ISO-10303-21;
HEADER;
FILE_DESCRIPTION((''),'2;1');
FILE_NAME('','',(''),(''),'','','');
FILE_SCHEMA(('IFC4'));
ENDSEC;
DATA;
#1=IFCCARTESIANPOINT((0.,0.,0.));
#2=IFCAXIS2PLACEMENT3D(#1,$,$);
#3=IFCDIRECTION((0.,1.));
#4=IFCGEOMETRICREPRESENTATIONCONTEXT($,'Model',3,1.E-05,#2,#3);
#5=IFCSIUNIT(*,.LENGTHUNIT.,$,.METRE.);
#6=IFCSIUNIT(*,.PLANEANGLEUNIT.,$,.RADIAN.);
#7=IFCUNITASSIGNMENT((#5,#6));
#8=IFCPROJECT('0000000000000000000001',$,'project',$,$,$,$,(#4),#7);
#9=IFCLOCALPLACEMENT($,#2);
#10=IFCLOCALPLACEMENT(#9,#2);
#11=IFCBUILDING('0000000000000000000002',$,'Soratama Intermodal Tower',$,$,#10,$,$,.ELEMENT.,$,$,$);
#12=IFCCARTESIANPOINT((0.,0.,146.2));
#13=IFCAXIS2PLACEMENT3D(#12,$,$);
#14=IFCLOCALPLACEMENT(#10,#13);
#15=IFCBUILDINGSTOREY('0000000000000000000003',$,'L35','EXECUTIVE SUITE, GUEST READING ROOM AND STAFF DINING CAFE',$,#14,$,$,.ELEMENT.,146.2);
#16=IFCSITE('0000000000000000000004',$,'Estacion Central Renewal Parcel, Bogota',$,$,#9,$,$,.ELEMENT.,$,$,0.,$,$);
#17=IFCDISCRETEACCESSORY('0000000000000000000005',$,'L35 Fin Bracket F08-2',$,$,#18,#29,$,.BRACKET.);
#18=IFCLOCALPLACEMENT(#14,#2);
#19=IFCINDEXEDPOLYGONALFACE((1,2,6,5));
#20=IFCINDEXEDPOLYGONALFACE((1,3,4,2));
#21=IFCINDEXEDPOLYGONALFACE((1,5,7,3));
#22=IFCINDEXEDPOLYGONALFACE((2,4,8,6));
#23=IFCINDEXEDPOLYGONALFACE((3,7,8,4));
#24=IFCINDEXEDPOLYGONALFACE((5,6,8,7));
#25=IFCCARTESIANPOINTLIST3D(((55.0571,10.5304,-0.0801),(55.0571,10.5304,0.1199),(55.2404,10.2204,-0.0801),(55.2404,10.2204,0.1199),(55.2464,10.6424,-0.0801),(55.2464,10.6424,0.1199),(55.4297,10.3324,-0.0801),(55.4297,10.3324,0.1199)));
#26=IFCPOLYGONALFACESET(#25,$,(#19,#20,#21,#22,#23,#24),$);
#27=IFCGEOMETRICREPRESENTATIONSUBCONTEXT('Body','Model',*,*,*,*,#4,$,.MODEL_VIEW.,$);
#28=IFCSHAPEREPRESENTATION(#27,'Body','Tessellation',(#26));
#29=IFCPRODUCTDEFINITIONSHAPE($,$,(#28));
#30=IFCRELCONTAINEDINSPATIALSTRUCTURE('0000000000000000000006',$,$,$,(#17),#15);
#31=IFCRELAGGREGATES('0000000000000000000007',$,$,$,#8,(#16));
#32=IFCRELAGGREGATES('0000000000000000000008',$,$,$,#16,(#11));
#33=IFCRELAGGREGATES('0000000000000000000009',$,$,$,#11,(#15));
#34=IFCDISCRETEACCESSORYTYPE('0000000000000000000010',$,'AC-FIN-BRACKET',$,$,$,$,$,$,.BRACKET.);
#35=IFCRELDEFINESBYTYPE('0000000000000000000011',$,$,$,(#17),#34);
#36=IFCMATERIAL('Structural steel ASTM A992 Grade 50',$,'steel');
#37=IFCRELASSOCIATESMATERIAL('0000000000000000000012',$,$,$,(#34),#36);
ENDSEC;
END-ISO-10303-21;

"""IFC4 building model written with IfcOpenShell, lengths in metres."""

from ifc_helpers import new_model, si_unit, direction, frame, origin, origin_2d, place, context, subcontext, project, spatial, rectangle, extrude, material, type_object, element, save


model = new_model("IFC4")

# Units and contexts
model_context = context("Model", 3, precision=1e-05, world=origin(), true_north=direction((0.0, 1.0)))
body_context = subcontext(model_context, "Body", "Model", "MODEL_VIEW")
ifc_project = project(units=[si_unit("LENGTHUNIT", "METRE"), si_unit("PLANEANGLEUNIT", "RADIAN")], contexts=[model_context])

# Site, building, storey
site_placement = place(None, origin())
site = spatial("IfcSite", under=ifc_project, at=site_placement, Name="Estacion Central Renewal Parcel, Bogota", CompositionType="ELEMENT", RefElevation=0.0)
building_placement = place(site_placement, origin())
building = spatial("IfcBuilding", under=site, at=building_placement, Name="Soratama Intermodal Tower", CompositionType="ELEMENT")
storey_placement = place(building_placement, frame((0.0, 0.0, 146.2)))
storey = spatial("IfcBuildingStorey", under=building, at=storey_placement, Name="L35", Description="EXECUTIVE SUITE, GUEST READING ROOM AND STAFF DINING CAFE", CompositionType="ELEMENT", Elevation=146.2)

# Discrete accessory
ifc_material_1 = material(Name="Structural steel ASTM A992 Grade 50", Category="steel")
discrete_accessory_type = type_object("IfcDiscreteAccessoryType", Name="AC-FIN-BRACKET", PredefinedType="BRACKET", material=ifc_material_1)
for number, where, z_axis, x_axis, name in (
    (1, (55.2434, 10.4314, -0.0801), (0.0, 0.0, 1.0), (0.509041, -0.860742, 0.0), "L35 Fin Bracket F08-2"),
):
    element("IfcDiscreteAccessory", number, at=place(storey_placement, frame(where, z_axis=z_axis, x_axis=x_axis)), inside=storey, type_object=discrete_accessory_type, Name=name, PredefinedType="BRACKET", context=body_context, shape_type="SweptSolid", body=[
        extrude(rectangle(XDim=0.3601, YDim=0.22, at=origin_2d()), origin(), (0.0, 0.0, 1.0), 0.2),
    ])

save(model, "model.ifc")
